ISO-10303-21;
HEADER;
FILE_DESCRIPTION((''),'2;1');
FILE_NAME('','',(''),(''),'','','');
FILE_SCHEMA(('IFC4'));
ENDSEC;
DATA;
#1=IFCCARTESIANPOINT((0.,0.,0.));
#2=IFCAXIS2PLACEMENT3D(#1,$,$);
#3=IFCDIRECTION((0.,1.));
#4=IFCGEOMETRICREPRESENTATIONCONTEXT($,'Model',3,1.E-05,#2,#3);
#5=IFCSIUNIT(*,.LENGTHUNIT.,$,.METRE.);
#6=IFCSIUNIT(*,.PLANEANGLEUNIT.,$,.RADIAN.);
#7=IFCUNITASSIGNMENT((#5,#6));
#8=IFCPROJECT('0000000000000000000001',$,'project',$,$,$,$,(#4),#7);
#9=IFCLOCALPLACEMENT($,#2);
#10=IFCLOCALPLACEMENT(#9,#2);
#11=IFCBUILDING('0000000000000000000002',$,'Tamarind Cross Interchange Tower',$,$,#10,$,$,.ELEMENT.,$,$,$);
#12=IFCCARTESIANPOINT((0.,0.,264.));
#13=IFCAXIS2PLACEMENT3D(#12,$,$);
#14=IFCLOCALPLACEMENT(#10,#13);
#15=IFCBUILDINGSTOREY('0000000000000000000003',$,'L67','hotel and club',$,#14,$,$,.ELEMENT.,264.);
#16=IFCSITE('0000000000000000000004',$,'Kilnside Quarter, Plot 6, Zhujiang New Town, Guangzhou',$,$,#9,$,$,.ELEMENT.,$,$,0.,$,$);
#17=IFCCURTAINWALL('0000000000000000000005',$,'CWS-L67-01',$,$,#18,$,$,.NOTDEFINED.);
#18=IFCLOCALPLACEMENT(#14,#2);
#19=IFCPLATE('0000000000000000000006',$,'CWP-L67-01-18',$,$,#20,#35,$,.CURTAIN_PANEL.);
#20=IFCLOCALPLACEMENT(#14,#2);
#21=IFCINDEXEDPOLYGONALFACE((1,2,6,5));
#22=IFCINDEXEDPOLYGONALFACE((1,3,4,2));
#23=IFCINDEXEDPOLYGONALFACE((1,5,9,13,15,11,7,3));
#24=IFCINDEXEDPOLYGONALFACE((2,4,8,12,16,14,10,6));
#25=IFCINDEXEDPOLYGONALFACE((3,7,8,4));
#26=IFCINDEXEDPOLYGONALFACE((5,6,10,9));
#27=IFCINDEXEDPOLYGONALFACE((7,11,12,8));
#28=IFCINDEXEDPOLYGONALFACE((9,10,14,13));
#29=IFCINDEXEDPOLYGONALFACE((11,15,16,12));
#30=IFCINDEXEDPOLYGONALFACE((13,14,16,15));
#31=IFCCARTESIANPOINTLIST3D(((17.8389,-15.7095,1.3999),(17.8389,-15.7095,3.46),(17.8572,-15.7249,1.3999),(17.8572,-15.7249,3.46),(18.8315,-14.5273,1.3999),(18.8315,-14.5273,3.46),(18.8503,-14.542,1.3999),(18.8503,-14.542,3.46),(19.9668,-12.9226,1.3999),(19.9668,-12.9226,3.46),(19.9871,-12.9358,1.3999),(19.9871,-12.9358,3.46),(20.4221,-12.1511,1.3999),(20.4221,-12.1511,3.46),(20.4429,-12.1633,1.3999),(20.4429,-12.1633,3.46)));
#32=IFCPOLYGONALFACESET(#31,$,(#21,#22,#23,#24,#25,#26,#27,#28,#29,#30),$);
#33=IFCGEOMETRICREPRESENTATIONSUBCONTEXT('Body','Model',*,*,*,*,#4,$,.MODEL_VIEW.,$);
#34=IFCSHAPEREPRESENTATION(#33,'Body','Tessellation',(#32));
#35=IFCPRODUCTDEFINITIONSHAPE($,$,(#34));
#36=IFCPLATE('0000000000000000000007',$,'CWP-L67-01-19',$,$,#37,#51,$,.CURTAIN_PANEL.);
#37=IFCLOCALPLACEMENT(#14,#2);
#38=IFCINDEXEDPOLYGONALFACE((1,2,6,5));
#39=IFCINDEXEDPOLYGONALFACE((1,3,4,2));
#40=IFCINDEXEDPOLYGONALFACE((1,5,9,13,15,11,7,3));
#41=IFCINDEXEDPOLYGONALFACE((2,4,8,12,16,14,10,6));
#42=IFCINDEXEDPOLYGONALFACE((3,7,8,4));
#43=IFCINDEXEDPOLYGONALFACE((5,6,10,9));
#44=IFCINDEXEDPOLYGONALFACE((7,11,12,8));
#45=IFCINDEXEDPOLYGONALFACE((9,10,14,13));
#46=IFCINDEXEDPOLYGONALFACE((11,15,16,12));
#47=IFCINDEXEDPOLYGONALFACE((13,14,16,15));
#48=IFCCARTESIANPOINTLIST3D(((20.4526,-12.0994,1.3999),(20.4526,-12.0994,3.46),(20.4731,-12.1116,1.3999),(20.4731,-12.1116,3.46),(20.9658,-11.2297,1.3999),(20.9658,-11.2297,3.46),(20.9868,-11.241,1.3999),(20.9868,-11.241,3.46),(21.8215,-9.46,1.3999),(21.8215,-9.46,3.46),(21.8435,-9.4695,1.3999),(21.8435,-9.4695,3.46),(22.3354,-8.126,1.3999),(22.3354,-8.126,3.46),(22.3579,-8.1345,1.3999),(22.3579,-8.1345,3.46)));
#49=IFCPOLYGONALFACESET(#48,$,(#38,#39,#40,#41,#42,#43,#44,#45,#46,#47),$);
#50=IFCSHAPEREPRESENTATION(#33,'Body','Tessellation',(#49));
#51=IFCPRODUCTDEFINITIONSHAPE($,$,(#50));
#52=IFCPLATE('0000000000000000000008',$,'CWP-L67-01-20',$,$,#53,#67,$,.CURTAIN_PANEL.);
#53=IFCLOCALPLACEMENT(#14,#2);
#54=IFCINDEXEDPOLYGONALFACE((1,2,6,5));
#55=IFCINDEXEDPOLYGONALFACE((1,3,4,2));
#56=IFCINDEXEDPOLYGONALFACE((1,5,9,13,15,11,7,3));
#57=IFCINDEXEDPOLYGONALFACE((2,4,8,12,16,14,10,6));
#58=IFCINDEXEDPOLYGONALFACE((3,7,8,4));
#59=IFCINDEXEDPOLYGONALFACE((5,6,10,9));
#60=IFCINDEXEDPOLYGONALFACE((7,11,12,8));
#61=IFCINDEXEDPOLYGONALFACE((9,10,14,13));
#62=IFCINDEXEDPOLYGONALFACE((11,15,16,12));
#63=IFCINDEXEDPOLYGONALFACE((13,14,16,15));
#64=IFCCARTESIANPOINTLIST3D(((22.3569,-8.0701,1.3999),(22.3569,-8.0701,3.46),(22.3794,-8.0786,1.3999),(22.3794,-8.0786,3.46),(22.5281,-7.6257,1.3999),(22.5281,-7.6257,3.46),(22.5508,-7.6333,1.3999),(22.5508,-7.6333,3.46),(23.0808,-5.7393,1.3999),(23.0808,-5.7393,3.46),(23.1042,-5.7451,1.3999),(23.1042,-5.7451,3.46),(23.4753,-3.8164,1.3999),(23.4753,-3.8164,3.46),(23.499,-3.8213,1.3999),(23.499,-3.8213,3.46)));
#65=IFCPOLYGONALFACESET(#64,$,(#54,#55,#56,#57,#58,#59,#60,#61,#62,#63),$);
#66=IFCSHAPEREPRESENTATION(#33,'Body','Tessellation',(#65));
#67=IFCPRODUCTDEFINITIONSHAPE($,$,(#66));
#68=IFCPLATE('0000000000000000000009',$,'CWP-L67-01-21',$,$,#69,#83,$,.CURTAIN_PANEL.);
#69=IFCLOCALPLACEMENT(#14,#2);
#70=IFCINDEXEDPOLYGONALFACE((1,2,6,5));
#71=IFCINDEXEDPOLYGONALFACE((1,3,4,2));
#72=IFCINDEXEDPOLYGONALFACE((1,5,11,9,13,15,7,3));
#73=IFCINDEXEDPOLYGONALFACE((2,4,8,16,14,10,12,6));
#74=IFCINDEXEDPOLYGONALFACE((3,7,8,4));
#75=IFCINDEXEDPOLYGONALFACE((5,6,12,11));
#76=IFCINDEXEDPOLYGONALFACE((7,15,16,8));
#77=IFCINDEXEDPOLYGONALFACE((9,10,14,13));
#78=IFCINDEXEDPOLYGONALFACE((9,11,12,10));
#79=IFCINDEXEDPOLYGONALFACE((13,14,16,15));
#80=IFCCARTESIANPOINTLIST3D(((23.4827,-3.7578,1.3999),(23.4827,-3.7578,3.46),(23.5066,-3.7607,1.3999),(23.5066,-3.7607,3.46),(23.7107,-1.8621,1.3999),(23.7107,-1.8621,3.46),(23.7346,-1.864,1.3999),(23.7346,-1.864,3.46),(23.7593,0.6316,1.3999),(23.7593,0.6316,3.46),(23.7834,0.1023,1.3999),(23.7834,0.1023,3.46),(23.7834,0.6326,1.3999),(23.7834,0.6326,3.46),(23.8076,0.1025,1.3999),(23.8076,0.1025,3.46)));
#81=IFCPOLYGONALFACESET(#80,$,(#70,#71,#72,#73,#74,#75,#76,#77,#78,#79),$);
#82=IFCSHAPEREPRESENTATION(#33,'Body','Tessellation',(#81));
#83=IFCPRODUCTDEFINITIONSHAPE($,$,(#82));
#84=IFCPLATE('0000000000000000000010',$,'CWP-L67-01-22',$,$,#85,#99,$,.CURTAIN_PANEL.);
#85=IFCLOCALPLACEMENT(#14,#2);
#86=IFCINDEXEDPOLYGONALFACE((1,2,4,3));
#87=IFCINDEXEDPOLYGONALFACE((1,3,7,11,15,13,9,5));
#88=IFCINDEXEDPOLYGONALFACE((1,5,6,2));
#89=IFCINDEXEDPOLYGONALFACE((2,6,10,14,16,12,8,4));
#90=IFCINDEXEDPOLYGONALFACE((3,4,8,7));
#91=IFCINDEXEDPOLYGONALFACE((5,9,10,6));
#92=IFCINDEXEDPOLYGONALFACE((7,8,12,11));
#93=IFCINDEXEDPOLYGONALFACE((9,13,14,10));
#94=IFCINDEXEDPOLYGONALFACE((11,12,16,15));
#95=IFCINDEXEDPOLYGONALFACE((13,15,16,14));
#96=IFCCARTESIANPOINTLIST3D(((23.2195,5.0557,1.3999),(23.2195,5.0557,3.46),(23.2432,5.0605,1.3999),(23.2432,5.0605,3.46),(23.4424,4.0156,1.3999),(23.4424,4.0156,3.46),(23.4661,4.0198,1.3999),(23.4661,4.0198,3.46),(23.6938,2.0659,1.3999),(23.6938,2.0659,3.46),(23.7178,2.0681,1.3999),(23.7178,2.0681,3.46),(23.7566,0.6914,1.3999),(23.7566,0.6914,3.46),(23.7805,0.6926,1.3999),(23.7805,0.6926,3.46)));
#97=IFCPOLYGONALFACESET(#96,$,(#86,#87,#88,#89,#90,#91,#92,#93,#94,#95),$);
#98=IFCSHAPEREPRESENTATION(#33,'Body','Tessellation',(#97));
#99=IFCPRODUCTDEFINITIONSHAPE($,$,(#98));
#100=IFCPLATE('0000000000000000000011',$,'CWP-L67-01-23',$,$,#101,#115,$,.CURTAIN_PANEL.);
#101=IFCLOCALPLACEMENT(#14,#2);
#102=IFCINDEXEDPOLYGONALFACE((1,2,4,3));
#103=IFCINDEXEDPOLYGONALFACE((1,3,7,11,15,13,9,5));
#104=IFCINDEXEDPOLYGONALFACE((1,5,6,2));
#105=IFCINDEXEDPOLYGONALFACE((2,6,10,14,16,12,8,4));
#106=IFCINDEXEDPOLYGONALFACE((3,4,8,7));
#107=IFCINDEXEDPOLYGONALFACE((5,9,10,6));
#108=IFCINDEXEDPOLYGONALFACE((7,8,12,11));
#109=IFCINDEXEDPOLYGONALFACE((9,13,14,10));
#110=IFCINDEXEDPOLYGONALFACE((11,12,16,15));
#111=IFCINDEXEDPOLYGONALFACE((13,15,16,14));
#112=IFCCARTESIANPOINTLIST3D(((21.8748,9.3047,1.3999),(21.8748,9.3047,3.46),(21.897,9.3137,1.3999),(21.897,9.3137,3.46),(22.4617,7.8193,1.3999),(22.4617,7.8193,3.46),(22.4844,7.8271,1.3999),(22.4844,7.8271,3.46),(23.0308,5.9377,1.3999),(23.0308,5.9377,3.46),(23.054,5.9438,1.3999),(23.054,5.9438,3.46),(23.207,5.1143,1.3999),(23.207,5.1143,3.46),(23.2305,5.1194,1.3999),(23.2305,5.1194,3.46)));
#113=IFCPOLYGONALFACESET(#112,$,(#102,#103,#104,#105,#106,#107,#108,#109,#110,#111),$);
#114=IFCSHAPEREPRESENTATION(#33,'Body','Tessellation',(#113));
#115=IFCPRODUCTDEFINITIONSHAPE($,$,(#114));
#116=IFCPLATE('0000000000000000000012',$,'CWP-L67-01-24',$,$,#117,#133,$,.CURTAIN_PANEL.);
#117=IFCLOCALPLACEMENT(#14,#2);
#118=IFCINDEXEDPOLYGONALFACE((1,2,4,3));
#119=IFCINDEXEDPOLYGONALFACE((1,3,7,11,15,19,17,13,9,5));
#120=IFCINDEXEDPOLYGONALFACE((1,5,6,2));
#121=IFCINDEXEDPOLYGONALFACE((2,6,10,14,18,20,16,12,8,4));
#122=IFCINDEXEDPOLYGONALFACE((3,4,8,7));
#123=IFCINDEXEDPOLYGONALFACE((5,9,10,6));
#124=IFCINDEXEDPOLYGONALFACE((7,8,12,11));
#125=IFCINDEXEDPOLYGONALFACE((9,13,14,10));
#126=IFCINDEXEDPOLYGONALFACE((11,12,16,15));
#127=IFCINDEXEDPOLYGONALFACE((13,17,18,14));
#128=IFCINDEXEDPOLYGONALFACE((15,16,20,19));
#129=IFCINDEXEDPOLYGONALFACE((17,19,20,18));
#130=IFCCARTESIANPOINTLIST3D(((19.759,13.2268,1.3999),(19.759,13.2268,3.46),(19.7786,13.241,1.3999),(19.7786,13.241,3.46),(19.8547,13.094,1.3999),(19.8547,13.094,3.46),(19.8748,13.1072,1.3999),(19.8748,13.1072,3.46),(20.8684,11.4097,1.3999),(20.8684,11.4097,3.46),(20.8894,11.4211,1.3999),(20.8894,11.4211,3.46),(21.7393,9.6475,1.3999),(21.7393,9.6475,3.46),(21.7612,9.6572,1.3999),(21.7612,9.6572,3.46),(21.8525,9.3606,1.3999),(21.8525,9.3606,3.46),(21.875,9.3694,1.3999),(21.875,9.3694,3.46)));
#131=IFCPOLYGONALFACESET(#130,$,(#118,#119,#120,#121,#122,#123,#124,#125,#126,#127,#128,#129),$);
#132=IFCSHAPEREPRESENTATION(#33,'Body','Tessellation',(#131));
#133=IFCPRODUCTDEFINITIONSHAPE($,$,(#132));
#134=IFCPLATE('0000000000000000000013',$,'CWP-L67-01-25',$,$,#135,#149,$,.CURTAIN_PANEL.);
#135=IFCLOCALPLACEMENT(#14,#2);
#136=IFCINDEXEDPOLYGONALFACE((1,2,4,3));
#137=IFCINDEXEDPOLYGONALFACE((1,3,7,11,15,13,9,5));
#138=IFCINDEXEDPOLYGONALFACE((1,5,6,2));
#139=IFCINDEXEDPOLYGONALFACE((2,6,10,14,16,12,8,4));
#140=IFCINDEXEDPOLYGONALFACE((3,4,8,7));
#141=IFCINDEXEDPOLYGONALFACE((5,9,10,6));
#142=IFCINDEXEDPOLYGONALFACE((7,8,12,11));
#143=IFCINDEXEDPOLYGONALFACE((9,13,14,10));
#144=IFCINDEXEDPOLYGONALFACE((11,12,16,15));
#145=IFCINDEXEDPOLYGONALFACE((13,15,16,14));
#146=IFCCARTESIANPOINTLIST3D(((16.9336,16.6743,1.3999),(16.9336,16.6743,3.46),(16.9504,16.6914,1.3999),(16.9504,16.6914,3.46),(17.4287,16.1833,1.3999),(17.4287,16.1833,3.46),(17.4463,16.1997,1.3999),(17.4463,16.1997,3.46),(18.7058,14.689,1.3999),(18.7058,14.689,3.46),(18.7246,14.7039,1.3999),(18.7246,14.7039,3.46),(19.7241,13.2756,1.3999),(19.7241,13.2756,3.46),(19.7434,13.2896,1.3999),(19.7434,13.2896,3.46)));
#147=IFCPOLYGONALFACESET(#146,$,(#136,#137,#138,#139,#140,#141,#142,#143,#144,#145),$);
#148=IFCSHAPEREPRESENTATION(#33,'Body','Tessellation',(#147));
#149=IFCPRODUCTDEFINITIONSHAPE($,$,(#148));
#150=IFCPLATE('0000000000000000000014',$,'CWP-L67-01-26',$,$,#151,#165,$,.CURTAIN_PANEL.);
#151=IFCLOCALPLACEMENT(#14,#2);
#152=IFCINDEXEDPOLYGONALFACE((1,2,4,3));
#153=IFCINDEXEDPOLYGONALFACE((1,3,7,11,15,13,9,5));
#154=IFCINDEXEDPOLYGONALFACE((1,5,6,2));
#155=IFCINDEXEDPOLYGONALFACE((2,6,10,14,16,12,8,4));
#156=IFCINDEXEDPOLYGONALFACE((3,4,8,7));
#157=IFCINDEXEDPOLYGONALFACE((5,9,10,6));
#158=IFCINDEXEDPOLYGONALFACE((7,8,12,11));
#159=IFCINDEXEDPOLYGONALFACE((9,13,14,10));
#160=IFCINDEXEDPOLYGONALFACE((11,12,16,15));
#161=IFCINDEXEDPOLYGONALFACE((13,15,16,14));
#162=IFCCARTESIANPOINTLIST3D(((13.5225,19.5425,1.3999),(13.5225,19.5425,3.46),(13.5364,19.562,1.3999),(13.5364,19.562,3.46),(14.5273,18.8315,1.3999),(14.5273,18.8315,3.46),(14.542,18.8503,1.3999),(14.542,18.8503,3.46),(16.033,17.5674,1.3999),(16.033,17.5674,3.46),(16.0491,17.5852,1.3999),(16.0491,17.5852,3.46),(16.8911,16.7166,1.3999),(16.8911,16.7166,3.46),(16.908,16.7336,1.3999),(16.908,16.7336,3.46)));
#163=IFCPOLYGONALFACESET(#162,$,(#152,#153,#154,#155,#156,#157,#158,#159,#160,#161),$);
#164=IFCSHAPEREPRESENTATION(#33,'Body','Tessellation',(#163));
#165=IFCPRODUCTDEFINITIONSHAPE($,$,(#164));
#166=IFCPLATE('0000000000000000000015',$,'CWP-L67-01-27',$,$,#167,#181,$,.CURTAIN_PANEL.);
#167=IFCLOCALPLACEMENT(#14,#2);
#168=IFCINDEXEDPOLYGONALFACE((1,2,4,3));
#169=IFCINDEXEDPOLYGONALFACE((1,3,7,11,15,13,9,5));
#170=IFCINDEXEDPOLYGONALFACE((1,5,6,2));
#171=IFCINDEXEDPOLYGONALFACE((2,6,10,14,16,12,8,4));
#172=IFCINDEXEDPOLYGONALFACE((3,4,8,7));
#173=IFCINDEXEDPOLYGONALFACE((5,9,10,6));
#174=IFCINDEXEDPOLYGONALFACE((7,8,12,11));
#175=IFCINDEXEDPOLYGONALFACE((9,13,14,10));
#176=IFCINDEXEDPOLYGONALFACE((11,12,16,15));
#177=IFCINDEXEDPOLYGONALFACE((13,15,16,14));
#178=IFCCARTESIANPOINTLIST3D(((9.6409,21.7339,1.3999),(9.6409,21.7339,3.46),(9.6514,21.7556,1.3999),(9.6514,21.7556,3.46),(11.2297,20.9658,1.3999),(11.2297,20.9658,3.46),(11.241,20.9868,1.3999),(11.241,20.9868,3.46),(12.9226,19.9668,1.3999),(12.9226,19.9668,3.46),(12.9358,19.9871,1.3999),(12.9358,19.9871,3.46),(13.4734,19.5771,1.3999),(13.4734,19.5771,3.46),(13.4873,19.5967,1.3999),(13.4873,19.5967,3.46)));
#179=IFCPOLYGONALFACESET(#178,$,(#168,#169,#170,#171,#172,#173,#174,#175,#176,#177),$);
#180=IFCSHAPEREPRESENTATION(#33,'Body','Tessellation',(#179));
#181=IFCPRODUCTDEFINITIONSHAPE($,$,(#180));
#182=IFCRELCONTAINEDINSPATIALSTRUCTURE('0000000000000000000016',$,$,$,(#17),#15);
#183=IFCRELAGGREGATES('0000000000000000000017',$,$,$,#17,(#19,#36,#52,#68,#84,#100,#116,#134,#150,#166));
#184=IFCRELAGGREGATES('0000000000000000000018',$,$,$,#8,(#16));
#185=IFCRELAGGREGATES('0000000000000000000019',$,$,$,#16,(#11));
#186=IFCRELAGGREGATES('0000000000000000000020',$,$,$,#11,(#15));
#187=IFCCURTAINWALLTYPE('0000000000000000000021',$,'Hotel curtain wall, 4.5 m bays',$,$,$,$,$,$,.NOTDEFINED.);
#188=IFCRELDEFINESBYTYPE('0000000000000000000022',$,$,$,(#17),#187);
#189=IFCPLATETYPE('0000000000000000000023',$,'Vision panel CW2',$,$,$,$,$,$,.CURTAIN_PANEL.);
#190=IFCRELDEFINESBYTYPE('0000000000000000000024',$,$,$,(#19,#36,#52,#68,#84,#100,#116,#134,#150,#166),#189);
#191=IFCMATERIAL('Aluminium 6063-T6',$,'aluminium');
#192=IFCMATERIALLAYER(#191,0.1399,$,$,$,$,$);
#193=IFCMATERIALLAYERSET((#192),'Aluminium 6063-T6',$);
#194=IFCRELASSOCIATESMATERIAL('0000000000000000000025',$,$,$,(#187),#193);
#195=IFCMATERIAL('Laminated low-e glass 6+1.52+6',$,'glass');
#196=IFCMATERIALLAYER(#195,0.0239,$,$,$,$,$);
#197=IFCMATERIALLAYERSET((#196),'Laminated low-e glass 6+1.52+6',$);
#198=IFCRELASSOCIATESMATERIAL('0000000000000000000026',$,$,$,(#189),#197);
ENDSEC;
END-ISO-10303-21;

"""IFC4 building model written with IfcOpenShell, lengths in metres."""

from ifc_helpers import new_model, si_unit, direction, frame, origin, place, context, subcontext, project, spatial, polyline, outline, extrude, material, layer, layer_set, type_object, element, aggregate, save


model = new_model("IFC4")

# Units and contexts
model_context = context("Model", 3, precision=1e-05, world=origin(), true_north=direction((0.0, 1.0)))
body_context = subcontext(model_context, "Body", "Model", "MODEL_VIEW")
ifc_project = project(units=[si_unit("LENGTHUNIT", "METRE"), si_unit("PLANEANGLEUNIT", "RADIAN")], contexts=[model_context])

# Site, building, storey
site_placement = place(None, origin())
site = spatial("IfcSite", under=ifc_project, at=site_placement, Name="Kilnside Quarter, Plot 6, Zhujiang New Town, Guangzhou", CompositionType="ELEMENT", RefElevation=0.0)
building_placement = place(site_placement, origin())
building = spatial("IfcBuilding", under=site, at=building_placement, Name="Tamarind Cross Interchange Tower", CompositionType="ELEMENT")
storey_placement = place(building_placement, frame((0.0, 0.0, 264.0)))
storey = spatial("IfcBuildingStorey", under=building, at=storey_placement, Name="L67", Description="hotel and club", CompositionType="ELEMENT", Elevation=264.0)

# Curtain wall, plates
ifc_material_1 = material(Name="Aluminium 6063-T6", Category="aluminium")
ifc_layer_1 = layer(ifc_material_1, 0.1399)
ifc_layer_set_1 = layer_set([ifc_layer_1], Name="Aluminium 6063-T6")
curtain_wall_type = type_object("IfcCurtainWallType", Name="Hotel curtain wall, 4.5 m bays", PredefinedType="NOTDEFINED", material=ifc_layer_set_1)
curtain_wall_placement = place(storey_placement, origin())
curtain_wall = element("IfcCurtainWall", 1, at=curtain_wall_placement, inside=storey, type_object=curtain_wall_type, Name="CWS-L67-01", PredefinedType="NOTDEFINED")
ifc_material_2 = material(Name="Laminated low-e glass 6+1.52+6", Category="glass")
ifc_layer_2 = layer(ifc_material_2, 0.0239)
ifc_layer_set_2 = layer_set([ifc_layer_2], Name="Laminated low-e glass 6+1.52+6")
plate_type = type_object("IfcPlateType", Name="Vision panel CW2", PredefinedType="CURTAIN_PANEL", material=ifc_layer_set_2)
plate_1_placement = place(storey_placement, frame((0.0, 0.0, 1.3999)))
plate_1 = element("IfcPlate", 2, at=plate_1_placement, type_object=plate_type, Name="CWP-L67-01-18", PredefinedType="CURTAIN_PANEL", context=body_context, shape_type="SweptSolid", body=[
    extrude(outline(polyline([(17.8389, -15.7095), (18.8315, -14.5273), (19.9668, -12.9226), (20.4221, -12.1511), (20.4429, -12.1633), (19.9871, -12.9358), (18.8503, -14.542), (17.8572, -15.7249), (17.8389, -15.7095)])), origin(), (0.0, 0.0, 1.0), 2.0601),
])
plate_2_placement = place(storey_placement, frame((0.0, 0.0, 1.3999)))
plate_2 = element("IfcPlate", 3, at=plate_2_placement, type_object=plate_type, Name="CWP-L67-01-19", PredefinedType="CURTAIN_PANEL", context=body_context, shape_type="SweptSolid", body=[
    extrude(outline(polyline([(20.4526, -12.0994), (20.9658, -11.2297), (21.8215, -9.46), (22.3354, -8.126), (22.3579, -8.1345), (21.8435, -9.4695), (20.9868, -11.241), (20.4731, -12.1116), (20.4526, -12.0994)])), origin(), (0.0, 0.0, 1.0), 2.0601),
])
plate_3_placement = place(storey_placement, frame((0.0, 0.0, 1.3999)))
plate_3 = element("IfcPlate", 4, at=plate_3_placement, type_object=plate_type, Name="CWP-L67-01-20", PredefinedType="CURTAIN_PANEL", context=body_context, shape_type="SweptSolid", body=[
    extrude(outline(polyline([(22.3569, -8.0701), (22.5281, -7.6257), (23.0808, -5.7393), (23.4753, -3.8164), (23.499, -3.8213), (23.1042, -5.7451), (22.5508, -7.6333), (22.3794, -8.0786), (22.3569, -8.0701)])), origin(), (0.0, 0.0, 1.0), 2.0601),
])
plate_4_placement = place(storey_placement, frame((0.0, 0.0, 1.3999)))
plate_4 = element("IfcPlate", 5, at=plate_4_placement, type_object=plate_type, Name="CWP-L67-01-21", PredefinedType="CURTAIN_PANEL", context=body_context, shape_type="SweptSolid", body=[
    extrude(outline(polyline([(23.4827, -3.7578), (23.7107, -1.8621), (23.7834, 0.1023), (23.7593, 0.6316), (23.7834, 0.6326), (23.8076, 0.1025), (23.7346, -1.864), (23.5066, -3.7607), (23.4827, -3.7578)])), origin(), (0.0, 0.0, 1.0), 2.0601),
])
plate_5_placement = place(storey_placement, frame((0.0, 0.0, 1.3999)))
plate_5 = element("IfcPlate", 6, at=plate_5_placement, type_object=plate_type, Name="CWP-L67-01-22", PredefinedType="CURTAIN_PANEL", context=body_context, shape_type="SweptSolid", body=[
    extrude(outline(polyline([(23.7566, 0.6914), (23.6938, 2.0659), (23.4424, 4.0156), (23.2195, 5.0557), (23.2432, 5.0605), (23.4661, 4.0198), (23.7178, 2.0681), (23.7805, 0.6926), (23.7566, 0.6914)])), origin(), (0.0, 0.0, 1.0), 2.0601),
])
plate_6_placement = place(storey_placement, frame((0.0, 0.0, 1.3999)))
plate_6 = element("IfcPlate", 7, at=plate_6_placement, type_object=plate_type, Name="CWP-L67-01-23", PredefinedType="CURTAIN_PANEL", context=body_context, shape_type="SweptSolid", body=[
    extrude(outline(polyline([(23.207, 5.1143), (23.0308, 5.9377), (22.4617, 7.8193), (21.8748, 9.3047), (21.897, 9.3137), (22.4844, 7.8271), (23.054, 5.9438), (23.2305, 5.1194), (23.207, 5.1143)])), origin(), (0.0, 0.0, 1.0), 2.0601),
])
plate_7_placement = place(storey_placement, frame((0.0, 0.0, 1.3999)))
plate_7 = element("IfcPlate", 8, at=plate_7_placement, type_object=plate_type, Name="CWP-L67-01-24", PredefinedType="CURTAIN_PANEL", context=body_context, shape_type="SweptSolid", body=[
    extrude(outline(polyline([(21.8525, 9.3606), (21.7393, 9.6475), (20.8684, 11.4097), (19.8547, 13.094), (19.759, 13.2268), (19.7786, 13.241), (19.8748, 13.1072), (20.8894, 11.4211), (21.7612, 9.6572), (21.875, 9.3694), (21.8525, 9.3606)])), origin(), (0.0, 0.0, 1.0), 2.0601),
])
plate_8_placement = place(storey_placement, frame((0.0, 0.0, 1.3999)))
plate_8 = element("IfcPlate", 9, at=plate_8_placement, type_object=plate_type, Name="CWP-L67-01-25", PredefinedType="CURTAIN_PANEL", context=body_context, shape_type="SweptSolid", body=[
    extrude(outline(polyline([(19.7241, 13.2756), (18.7058, 14.689), (17.4287, 16.1833), (16.9336, 16.6743), (16.9504, 16.6914), (17.4463, 16.1997), (18.7246, 14.7039), (19.7434, 13.2896), (19.7241, 13.2756)])), origin(), (0.0, 0.0, 1.0), 2.0601),
])
plate_9_placement = place(storey_placement, frame((0.0, 0.0, 1.3999)))
plate_9 = element("IfcPlate", 10, at=plate_9_placement, type_object=plate_type, Name="CWP-L67-01-26", PredefinedType="CURTAIN_PANEL", context=body_context, shape_type="SweptSolid", body=[
    extrude(outline(polyline([(16.8911, 16.7166), (16.033, 17.5674), (14.5273, 18.8315), (13.5225, 19.5425), (13.5364, 19.562), (14.542, 18.8503), (16.0491, 17.5852), (16.908, 16.7336), (16.8911, 16.7166)])), origin(), (0.0, 0.0, 1.0), 2.0601),
])
plate_10_placement = place(storey_placement, frame((0.0, 0.0, 1.3999)))
plate_10 = element("IfcPlate", 11, at=plate_10_placement, type_object=plate_type, Name="CWP-L67-01-27", PredefinedType="CURTAIN_PANEL", context=body_context, shape_type="SweptSolid", body=[
    extrude(outline(polyline([(13.4734, 19.5771), (12.9226, 19.9668), (11.2297, 20.9658), (9.6409, 21.7339), (9.6514, 21.7556), (11.241, 20.9868), (12.9358, 19.9871), (13.4873, 19.5967), (13.4734, 19.5771)])), origin(), (0.0, 0.0, 1.0), 2.0601),
])
aggregate(curtain_wall, [plate_1, plate_2, plate_3, plate_4, plate_5, plate_6, plate_7, plate_8, plate_9, plate_10])

save(model, "model.ifc")
